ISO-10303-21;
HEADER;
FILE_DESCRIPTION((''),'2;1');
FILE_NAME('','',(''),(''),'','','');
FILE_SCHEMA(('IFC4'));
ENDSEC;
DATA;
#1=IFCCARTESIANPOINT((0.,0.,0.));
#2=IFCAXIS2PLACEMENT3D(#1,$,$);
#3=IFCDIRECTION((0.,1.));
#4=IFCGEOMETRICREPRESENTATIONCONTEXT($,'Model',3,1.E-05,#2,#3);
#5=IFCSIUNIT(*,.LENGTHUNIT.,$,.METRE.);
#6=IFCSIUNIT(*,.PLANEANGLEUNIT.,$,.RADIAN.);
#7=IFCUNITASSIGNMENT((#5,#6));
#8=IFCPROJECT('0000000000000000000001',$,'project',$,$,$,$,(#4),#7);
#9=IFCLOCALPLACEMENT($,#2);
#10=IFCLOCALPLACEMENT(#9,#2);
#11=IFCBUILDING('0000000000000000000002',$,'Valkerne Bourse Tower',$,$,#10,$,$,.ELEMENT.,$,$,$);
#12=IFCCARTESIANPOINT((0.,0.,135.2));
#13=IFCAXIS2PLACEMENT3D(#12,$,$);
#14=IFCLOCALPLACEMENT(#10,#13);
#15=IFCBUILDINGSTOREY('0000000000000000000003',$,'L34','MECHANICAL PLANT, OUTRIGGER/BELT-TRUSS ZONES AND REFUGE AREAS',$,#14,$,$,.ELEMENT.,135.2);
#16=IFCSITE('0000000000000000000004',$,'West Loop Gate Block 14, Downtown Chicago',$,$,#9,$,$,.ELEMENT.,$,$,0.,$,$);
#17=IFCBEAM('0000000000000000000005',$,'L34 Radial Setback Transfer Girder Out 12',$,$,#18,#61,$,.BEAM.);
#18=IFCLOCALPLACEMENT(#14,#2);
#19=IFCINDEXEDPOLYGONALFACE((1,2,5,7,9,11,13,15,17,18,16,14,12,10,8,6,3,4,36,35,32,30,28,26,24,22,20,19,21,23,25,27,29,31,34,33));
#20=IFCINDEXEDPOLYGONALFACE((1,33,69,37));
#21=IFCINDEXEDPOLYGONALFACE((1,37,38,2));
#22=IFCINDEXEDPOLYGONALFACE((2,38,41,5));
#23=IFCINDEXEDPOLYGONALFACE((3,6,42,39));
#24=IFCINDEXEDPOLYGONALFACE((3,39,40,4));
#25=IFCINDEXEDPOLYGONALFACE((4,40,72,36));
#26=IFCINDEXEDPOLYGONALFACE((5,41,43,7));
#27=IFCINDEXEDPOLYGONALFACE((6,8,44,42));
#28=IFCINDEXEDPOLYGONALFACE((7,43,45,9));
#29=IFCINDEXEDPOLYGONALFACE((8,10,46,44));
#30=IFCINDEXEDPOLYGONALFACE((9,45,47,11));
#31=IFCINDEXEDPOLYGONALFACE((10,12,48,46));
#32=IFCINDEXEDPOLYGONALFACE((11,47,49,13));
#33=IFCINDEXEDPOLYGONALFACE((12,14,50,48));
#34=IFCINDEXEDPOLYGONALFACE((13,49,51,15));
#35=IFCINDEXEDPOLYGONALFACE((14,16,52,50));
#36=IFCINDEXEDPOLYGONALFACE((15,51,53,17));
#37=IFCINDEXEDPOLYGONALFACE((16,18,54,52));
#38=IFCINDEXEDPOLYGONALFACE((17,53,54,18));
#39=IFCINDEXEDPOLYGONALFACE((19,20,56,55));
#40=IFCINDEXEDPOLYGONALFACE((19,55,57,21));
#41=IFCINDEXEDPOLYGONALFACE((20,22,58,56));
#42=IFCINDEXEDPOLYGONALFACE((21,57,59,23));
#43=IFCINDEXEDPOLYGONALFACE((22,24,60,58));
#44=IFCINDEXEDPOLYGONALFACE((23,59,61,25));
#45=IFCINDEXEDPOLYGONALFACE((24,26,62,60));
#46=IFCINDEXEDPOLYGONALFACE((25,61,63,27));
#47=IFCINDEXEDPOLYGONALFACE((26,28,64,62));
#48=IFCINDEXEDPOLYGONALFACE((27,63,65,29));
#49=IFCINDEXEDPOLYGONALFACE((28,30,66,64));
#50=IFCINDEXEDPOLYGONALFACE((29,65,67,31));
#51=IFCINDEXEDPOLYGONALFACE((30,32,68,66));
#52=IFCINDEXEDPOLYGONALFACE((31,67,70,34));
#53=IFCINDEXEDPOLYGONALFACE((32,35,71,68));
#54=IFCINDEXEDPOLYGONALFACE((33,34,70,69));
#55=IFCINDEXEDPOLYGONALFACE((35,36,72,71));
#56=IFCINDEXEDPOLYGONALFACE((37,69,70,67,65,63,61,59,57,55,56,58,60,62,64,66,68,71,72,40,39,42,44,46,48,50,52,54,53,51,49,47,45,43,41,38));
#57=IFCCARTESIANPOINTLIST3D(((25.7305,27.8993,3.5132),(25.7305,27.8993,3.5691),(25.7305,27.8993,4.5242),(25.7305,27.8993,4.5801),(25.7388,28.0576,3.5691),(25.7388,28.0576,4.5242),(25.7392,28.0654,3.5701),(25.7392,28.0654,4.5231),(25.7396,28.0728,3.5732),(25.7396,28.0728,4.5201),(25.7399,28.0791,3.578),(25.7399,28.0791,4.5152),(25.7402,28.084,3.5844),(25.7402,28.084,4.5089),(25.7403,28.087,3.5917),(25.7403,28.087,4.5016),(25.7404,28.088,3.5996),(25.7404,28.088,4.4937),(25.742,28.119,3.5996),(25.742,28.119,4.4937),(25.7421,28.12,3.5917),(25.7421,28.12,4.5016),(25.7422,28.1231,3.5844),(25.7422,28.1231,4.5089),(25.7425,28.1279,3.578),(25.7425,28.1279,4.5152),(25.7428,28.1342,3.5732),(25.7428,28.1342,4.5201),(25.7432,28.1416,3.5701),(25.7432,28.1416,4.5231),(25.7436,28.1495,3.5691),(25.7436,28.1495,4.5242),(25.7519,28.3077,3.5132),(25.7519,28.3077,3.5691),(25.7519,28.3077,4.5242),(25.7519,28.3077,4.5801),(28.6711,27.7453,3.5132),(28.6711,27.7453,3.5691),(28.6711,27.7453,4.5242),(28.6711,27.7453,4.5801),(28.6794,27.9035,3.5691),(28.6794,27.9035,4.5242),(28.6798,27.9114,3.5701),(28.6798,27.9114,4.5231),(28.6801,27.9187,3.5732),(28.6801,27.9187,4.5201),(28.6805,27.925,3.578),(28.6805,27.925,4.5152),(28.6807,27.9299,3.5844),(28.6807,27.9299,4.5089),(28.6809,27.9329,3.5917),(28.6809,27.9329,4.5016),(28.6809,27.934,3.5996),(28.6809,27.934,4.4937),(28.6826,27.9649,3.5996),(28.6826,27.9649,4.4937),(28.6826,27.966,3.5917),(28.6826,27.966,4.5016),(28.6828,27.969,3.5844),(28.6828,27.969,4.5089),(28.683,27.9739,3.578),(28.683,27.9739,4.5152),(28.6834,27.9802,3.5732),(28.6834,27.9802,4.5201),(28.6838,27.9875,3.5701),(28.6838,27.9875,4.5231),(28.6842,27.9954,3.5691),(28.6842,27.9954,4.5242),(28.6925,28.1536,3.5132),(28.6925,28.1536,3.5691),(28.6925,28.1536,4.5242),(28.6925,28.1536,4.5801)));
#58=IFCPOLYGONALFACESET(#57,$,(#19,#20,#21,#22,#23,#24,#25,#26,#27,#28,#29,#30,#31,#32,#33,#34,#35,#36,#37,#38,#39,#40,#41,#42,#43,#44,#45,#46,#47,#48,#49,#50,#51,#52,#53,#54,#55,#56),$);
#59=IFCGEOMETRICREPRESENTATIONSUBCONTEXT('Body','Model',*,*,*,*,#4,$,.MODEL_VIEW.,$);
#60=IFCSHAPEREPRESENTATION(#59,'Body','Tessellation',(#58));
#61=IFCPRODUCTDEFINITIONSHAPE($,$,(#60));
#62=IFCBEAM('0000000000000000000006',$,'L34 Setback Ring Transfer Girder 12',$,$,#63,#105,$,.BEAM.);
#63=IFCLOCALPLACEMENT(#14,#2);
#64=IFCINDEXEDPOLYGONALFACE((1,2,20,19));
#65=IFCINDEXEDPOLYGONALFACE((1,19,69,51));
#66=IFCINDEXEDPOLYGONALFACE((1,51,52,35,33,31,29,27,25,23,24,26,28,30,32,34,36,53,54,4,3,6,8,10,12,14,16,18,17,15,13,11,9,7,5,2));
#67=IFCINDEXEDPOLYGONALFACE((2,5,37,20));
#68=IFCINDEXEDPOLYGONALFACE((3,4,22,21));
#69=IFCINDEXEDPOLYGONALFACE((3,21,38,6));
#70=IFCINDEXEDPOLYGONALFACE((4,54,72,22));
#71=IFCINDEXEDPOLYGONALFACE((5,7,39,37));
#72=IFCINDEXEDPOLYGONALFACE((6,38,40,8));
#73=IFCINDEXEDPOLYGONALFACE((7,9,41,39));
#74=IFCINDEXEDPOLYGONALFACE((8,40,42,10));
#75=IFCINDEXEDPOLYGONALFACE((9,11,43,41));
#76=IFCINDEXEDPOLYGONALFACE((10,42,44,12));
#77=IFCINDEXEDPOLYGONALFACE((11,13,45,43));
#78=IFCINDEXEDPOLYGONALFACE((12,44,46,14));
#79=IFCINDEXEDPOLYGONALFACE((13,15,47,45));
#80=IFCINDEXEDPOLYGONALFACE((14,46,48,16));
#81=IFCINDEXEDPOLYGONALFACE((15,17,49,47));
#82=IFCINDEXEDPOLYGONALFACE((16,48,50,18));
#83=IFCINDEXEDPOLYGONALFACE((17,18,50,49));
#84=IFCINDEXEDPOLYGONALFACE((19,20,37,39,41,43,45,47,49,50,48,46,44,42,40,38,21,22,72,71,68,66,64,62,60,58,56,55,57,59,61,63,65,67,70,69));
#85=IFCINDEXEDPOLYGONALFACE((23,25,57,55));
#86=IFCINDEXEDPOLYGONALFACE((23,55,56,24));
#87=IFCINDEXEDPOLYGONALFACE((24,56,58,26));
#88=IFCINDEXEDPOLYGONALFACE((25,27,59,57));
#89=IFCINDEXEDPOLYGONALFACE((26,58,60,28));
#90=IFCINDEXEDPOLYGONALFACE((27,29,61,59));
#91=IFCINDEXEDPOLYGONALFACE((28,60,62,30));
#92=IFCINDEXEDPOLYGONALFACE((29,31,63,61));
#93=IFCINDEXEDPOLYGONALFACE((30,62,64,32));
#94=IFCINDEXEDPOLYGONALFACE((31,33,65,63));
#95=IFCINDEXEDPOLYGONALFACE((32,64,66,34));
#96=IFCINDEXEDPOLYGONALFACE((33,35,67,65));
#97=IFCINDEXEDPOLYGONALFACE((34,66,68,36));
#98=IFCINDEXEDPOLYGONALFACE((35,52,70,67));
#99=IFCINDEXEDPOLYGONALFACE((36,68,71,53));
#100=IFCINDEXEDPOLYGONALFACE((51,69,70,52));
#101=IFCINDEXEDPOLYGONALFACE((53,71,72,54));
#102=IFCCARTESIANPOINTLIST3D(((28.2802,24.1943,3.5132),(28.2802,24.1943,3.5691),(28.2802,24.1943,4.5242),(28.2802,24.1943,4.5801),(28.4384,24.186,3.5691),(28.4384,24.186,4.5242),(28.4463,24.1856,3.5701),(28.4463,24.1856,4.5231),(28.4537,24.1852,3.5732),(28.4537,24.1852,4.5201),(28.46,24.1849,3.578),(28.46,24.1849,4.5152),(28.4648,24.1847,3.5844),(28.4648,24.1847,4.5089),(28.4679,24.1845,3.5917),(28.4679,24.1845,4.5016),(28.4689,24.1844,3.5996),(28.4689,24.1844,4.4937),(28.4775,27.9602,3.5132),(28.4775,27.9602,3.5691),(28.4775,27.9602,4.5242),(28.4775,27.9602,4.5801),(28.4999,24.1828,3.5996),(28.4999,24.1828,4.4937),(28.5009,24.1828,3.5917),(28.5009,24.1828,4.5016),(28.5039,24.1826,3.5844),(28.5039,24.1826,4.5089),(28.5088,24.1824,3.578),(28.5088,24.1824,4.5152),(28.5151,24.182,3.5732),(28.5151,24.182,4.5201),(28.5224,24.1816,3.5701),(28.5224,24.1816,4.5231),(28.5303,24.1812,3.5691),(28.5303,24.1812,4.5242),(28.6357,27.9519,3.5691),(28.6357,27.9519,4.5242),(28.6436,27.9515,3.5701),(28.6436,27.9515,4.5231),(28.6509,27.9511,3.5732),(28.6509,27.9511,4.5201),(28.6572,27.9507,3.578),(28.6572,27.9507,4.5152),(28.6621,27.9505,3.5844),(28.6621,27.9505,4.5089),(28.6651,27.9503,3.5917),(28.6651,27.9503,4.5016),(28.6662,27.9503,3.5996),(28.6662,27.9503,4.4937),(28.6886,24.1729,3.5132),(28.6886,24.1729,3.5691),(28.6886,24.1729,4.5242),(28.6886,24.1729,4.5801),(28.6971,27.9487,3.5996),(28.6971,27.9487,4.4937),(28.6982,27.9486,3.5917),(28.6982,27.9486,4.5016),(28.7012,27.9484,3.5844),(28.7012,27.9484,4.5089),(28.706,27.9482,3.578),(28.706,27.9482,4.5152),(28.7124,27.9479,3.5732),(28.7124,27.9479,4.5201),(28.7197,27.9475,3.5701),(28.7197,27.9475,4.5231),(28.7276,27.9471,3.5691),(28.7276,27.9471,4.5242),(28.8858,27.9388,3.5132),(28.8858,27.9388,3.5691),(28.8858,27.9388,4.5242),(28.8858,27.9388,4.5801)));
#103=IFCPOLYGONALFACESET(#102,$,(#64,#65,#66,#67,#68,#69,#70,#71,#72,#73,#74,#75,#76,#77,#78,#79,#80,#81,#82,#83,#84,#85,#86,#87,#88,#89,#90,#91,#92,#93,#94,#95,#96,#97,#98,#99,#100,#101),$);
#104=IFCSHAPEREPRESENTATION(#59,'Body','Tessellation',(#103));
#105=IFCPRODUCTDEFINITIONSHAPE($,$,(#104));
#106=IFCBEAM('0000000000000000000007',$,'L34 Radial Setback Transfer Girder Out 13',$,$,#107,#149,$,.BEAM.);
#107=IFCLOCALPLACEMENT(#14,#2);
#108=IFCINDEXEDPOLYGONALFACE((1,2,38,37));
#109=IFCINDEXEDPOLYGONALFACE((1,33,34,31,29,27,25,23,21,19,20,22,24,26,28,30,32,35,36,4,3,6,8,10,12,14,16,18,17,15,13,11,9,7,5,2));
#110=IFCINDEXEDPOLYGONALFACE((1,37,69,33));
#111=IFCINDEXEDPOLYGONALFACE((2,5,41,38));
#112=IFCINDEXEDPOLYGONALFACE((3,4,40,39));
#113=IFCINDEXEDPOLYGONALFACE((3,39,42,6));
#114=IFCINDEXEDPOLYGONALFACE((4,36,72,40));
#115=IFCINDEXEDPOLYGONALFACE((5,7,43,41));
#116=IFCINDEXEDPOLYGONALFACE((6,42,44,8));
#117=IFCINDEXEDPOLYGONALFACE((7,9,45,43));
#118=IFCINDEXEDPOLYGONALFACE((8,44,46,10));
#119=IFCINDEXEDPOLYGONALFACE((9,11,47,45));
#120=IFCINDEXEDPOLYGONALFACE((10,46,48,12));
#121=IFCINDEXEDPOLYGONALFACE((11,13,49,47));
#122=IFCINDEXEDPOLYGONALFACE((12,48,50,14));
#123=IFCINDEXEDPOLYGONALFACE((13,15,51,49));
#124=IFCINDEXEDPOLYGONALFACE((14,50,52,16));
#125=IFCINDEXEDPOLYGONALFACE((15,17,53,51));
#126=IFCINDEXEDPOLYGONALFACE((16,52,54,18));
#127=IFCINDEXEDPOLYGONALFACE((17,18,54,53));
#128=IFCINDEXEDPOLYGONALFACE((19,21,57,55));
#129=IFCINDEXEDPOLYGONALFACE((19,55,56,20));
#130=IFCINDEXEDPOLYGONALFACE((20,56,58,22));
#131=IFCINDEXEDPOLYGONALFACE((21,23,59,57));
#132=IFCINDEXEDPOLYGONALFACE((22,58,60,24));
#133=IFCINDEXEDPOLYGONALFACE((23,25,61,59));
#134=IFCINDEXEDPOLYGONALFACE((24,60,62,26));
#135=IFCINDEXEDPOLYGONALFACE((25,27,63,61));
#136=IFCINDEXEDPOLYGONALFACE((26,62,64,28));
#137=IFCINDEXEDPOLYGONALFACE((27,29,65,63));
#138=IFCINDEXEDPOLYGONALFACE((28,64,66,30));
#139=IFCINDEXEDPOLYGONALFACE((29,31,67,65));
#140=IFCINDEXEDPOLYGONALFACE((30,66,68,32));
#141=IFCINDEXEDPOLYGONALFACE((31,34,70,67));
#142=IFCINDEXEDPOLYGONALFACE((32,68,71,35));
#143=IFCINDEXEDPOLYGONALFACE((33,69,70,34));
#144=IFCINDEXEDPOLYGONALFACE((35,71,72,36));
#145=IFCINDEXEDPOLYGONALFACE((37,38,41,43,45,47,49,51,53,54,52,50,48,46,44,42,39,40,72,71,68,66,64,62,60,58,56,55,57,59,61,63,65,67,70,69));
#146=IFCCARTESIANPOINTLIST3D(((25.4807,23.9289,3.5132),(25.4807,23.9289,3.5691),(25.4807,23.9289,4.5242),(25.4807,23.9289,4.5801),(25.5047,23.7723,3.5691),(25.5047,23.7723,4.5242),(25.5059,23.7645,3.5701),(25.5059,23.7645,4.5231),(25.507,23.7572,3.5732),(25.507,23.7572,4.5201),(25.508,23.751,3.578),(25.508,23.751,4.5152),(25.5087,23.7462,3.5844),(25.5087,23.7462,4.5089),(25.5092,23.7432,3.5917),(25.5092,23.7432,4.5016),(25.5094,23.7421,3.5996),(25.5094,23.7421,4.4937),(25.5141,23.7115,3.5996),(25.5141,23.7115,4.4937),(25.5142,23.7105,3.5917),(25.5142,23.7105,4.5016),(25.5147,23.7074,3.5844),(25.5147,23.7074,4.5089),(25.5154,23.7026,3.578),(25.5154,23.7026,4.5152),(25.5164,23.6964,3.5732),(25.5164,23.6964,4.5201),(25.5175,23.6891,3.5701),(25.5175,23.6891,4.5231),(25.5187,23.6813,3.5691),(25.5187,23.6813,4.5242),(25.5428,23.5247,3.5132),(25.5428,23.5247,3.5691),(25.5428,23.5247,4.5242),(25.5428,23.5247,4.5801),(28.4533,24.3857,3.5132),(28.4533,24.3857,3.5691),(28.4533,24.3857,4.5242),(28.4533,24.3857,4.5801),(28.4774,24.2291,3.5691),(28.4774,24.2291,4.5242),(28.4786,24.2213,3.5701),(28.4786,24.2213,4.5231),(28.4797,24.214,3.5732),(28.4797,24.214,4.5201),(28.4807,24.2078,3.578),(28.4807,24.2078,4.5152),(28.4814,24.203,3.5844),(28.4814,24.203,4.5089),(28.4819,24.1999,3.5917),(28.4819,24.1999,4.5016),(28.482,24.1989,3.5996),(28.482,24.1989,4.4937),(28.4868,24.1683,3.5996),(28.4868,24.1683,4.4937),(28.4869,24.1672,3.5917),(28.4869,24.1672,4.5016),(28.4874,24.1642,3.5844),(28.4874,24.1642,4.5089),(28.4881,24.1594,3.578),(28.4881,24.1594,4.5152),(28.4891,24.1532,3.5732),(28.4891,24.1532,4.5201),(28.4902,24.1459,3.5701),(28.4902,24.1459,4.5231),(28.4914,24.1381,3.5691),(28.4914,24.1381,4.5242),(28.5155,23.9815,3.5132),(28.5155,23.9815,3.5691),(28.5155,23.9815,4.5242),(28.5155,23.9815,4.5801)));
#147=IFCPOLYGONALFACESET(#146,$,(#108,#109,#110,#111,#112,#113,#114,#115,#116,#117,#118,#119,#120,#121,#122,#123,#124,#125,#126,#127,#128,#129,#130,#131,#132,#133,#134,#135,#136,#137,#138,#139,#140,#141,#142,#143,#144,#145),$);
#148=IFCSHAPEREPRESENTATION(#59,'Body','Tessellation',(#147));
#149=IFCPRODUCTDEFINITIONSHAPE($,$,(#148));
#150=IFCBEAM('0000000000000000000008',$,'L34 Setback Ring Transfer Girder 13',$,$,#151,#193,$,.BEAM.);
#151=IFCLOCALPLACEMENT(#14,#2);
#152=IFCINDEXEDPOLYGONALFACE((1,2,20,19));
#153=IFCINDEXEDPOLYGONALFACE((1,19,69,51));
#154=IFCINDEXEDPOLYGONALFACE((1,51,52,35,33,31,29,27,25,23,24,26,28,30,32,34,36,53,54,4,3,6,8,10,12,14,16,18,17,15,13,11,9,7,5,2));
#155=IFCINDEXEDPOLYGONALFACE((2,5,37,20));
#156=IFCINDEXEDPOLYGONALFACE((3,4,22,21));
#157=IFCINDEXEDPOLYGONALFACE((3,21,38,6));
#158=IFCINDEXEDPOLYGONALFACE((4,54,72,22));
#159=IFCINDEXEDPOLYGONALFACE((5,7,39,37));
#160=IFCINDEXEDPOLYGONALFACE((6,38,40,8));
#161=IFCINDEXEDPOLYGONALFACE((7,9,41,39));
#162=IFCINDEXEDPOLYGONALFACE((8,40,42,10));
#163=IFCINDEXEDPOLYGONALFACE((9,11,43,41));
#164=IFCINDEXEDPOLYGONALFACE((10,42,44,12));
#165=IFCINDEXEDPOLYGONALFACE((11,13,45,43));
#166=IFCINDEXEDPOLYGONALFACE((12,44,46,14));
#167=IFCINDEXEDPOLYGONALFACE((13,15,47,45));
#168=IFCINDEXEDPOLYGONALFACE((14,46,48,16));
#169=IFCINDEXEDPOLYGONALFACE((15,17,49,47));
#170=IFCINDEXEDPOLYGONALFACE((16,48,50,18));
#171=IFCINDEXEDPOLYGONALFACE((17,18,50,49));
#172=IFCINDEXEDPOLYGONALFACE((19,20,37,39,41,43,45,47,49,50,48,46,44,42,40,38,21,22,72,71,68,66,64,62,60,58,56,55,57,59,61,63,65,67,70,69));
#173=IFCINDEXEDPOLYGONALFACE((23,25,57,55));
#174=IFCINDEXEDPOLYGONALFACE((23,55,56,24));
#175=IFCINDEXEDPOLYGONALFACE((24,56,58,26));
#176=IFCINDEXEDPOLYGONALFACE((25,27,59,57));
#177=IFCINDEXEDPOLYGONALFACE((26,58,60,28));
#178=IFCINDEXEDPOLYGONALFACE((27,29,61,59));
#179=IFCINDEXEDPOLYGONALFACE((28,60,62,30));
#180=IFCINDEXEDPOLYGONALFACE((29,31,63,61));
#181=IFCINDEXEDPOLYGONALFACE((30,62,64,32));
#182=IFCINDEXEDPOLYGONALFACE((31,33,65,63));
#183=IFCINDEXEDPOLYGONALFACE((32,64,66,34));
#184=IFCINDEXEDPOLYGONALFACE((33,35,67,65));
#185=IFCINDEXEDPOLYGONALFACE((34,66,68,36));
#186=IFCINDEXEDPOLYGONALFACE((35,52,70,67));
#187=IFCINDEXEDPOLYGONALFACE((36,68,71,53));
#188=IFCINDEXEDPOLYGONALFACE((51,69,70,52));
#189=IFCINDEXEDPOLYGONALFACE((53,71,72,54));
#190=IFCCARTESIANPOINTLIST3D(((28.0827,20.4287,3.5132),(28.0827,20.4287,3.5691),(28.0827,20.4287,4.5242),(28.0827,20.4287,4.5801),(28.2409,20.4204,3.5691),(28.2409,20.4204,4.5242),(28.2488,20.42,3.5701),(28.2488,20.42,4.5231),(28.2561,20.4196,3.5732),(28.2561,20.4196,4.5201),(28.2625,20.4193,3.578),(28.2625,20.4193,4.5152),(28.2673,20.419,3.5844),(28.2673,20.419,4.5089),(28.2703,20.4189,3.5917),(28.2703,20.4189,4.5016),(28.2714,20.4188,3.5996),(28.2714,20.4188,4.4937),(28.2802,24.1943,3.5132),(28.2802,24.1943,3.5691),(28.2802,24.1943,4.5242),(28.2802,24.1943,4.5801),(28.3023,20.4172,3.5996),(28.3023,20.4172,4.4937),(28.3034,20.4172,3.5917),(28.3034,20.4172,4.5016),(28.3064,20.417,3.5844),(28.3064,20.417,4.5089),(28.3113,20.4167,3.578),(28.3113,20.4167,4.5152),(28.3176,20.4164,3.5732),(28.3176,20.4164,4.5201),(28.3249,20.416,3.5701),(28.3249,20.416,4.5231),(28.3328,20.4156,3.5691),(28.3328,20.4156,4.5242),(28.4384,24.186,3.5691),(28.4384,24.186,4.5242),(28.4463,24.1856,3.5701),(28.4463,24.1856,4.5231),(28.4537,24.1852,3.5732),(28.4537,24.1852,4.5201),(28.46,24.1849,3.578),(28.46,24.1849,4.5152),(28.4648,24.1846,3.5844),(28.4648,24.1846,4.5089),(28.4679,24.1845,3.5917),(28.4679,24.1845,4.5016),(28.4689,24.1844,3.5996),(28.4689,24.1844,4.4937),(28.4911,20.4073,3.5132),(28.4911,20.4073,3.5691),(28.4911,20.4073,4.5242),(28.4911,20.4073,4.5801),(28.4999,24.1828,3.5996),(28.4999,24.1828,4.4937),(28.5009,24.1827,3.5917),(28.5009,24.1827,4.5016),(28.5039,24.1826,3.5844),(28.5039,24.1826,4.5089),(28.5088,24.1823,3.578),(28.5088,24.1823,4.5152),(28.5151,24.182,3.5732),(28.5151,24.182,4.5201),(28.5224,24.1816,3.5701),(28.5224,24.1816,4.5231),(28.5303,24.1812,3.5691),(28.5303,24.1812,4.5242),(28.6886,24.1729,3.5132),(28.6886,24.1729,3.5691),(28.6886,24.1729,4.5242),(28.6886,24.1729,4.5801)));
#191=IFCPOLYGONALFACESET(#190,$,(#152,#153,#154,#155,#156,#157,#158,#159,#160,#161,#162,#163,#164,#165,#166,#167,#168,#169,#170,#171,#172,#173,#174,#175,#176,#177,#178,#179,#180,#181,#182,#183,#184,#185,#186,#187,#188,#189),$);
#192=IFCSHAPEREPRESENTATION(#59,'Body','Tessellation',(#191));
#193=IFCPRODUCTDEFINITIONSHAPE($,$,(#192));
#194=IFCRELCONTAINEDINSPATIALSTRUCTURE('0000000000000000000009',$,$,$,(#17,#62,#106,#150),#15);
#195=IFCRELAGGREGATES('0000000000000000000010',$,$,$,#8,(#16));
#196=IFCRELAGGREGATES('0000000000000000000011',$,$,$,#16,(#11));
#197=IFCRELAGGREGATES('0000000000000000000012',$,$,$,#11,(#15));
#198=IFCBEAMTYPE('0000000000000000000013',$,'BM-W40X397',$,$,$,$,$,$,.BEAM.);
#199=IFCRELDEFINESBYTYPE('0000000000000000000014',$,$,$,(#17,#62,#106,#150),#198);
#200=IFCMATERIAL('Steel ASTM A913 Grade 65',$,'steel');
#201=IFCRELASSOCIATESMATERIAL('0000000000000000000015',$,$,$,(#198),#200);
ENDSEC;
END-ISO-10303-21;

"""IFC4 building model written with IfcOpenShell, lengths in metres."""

from ifc_helpers import new_model, si_unit, direction, frame, origin, origin_2d, place, context, subcontext, project, spatial, i_section, extrude, material, material_profile, profile_set, type_object, element, save


model = new_model("IFC4")

# Units and contexts
model_context = context("Model", 3, precision=1e-05, world=origin(), true_north=direction((0.0, 1.0)))
body_context = subcontext(model_context, "Body", "Model", "MODEL_VIEW")
ifc_project = project(units=[si_unit("LENGTHUNIT", "METRE"), si_unit("PLANEANGLEUNIT", "RADIAN")], contexts=[model_context])

# Site, building, storey
site_placement = place(None, origin())
site = spatial("IfcSite", under=ifc_project, at=site_placement, Name="West Loop Gate Block 14, Downtown Chicago", CompositionType="ELEMENT", RefElevation=0.0)
building_placement = place(site_placement, origin())
building = spatial("IfcBuilding", under=site, at=building_placement, Name="Valkerne Bourse Tower", CompositionType="ELEMENT")
storey_placement = place(building_placement, frame((0.0, 0.0, 135.2)))
storey = spatial("IfcBuildingStorey", under=building, at=storey_placement, Name="L34", Description="MECHANICAL PLANT, OUTRIGGER/BELT-TRUSS ZONES AND REFUGE AREAS", CompositionType="ELEMENT", Elevation=135.2)

# Shared definitions
ifc_material_1 = material(Name="Steel ASTM A913 Grade 65", Category="steel")

# Beams
ifc_material_profile_1 = material_profile(ifc_material_1, i_section(OverallWidth=0.4089, OverallDepth=1.0669, WebThickness=0.031, FlangeThickness=0.0559, FilletRadius=0.0305, at=origin_2d()), Name="W40X397")
ifc_profile_set_1 = profile_set([ifc_material_profile_1], Name="Steel ASTM A913 Grade 65")
beam_type_1 = type_object("IfcBeamType", Name="BM-W40X397", PredefinedType="BEAM", material=ifc_profile_set_1)
beam_1_placement = place(storey_placement, frame((25.7412, 28.1035, 4.0466), z_axis=(0.99863, -0.052319, 0.0), x_axis=(0.052319, 0.99863, 0.0)))
element("IfcBeam", 1, at=beam_1_placement, inside=storey, type_object=beam_type_1, Name="L34 Radial Setback Transfer Girder Out 12", PredefinedType="BEAM", context=body_context, shape_type="SweptSolid", body=[
    extrude(i_section(OverallWidth=0.4089, OverallDepth=1.0669, WebThickness=0.031, FlangeThickness=0.0559, FilletRadius=0.0305, at=origin_2d()), origin(), (0.0, 0.0, 1.0), 2.9446),
])
beam_2_placement = place(storey_placement, frame((28.6816, 27.9495, 4.0466), z_axis=(-0.052311, -0.998631, 0.0), x_axis=(0.998631, -0.052311, 0.0)))
element("IfcBeam", 2, at=beam_2_placement, inside=storey, type_object=beam_type_1, Name="L34 Setback Ring Transfer Girder 12", PredefinedType="BEAM", context=body_context, shape_type="SweptSolid", body=[
    extrude(i_section(OverallWidth=0.4089, OverallDepth=1.0669, WebThickness=0.031, FlangeThickness=0.0559, FilletRadius=0.0305, at=origin_2d()), origin(), (0.0, 0.0, 1.0), 3.771),
])
beam_3_placement = place(storey_placement, frame((25.5117, 23.7268, 4.0466), z_axis=(0.988399, 0.15188, 0.0), x_axis=(-0.15188, 0.988399, 0.0)))
element("IfcBeam", 3, at=beam_3_placement, inside=storey, type_object=beam_type_1, Name="L34 Radial Setback Transfer Girder Out 13", PredefinedType="BEAM", context=body_context, shape_type="SweptSolid", body=[
    extrude(i_section(OverallWidth=0.4089, OverallDepth=1.0669, WebThickness=0.031, FlangeThickness=0.0559, FilletRadius=0.0305, at=origin_2d()), origin(), (0.0, 0.0, 1.0), 3.0076),
])
beam_4_placement = place(storey_placement, frame((28.4844, 24.1836, 4.0466), z_axis=(-0.052379, -0.998627, 0.0), x_axis=(0.998627, -0.052379, 0.0)))
element("IfcBeam", 4, at=beam_4_placement, inside=storey, type_object=beam_type_1, Name="L34 Setback Ring Transfer Girder 13", PredefinedType="BEAM", context=body_context, shape_type="SweptSolid", body=[
    extrude(i_section(OverallWidth=0.4089, OverallDepth=1.0669, WebThickness=0.031, FlangeThickness=0.0559, FilletRadius=0.0305, at=origin_2d()), origin(), (0.0, 0.0, 1.0), 3.7708),
])

save(model, "model.ifc")
